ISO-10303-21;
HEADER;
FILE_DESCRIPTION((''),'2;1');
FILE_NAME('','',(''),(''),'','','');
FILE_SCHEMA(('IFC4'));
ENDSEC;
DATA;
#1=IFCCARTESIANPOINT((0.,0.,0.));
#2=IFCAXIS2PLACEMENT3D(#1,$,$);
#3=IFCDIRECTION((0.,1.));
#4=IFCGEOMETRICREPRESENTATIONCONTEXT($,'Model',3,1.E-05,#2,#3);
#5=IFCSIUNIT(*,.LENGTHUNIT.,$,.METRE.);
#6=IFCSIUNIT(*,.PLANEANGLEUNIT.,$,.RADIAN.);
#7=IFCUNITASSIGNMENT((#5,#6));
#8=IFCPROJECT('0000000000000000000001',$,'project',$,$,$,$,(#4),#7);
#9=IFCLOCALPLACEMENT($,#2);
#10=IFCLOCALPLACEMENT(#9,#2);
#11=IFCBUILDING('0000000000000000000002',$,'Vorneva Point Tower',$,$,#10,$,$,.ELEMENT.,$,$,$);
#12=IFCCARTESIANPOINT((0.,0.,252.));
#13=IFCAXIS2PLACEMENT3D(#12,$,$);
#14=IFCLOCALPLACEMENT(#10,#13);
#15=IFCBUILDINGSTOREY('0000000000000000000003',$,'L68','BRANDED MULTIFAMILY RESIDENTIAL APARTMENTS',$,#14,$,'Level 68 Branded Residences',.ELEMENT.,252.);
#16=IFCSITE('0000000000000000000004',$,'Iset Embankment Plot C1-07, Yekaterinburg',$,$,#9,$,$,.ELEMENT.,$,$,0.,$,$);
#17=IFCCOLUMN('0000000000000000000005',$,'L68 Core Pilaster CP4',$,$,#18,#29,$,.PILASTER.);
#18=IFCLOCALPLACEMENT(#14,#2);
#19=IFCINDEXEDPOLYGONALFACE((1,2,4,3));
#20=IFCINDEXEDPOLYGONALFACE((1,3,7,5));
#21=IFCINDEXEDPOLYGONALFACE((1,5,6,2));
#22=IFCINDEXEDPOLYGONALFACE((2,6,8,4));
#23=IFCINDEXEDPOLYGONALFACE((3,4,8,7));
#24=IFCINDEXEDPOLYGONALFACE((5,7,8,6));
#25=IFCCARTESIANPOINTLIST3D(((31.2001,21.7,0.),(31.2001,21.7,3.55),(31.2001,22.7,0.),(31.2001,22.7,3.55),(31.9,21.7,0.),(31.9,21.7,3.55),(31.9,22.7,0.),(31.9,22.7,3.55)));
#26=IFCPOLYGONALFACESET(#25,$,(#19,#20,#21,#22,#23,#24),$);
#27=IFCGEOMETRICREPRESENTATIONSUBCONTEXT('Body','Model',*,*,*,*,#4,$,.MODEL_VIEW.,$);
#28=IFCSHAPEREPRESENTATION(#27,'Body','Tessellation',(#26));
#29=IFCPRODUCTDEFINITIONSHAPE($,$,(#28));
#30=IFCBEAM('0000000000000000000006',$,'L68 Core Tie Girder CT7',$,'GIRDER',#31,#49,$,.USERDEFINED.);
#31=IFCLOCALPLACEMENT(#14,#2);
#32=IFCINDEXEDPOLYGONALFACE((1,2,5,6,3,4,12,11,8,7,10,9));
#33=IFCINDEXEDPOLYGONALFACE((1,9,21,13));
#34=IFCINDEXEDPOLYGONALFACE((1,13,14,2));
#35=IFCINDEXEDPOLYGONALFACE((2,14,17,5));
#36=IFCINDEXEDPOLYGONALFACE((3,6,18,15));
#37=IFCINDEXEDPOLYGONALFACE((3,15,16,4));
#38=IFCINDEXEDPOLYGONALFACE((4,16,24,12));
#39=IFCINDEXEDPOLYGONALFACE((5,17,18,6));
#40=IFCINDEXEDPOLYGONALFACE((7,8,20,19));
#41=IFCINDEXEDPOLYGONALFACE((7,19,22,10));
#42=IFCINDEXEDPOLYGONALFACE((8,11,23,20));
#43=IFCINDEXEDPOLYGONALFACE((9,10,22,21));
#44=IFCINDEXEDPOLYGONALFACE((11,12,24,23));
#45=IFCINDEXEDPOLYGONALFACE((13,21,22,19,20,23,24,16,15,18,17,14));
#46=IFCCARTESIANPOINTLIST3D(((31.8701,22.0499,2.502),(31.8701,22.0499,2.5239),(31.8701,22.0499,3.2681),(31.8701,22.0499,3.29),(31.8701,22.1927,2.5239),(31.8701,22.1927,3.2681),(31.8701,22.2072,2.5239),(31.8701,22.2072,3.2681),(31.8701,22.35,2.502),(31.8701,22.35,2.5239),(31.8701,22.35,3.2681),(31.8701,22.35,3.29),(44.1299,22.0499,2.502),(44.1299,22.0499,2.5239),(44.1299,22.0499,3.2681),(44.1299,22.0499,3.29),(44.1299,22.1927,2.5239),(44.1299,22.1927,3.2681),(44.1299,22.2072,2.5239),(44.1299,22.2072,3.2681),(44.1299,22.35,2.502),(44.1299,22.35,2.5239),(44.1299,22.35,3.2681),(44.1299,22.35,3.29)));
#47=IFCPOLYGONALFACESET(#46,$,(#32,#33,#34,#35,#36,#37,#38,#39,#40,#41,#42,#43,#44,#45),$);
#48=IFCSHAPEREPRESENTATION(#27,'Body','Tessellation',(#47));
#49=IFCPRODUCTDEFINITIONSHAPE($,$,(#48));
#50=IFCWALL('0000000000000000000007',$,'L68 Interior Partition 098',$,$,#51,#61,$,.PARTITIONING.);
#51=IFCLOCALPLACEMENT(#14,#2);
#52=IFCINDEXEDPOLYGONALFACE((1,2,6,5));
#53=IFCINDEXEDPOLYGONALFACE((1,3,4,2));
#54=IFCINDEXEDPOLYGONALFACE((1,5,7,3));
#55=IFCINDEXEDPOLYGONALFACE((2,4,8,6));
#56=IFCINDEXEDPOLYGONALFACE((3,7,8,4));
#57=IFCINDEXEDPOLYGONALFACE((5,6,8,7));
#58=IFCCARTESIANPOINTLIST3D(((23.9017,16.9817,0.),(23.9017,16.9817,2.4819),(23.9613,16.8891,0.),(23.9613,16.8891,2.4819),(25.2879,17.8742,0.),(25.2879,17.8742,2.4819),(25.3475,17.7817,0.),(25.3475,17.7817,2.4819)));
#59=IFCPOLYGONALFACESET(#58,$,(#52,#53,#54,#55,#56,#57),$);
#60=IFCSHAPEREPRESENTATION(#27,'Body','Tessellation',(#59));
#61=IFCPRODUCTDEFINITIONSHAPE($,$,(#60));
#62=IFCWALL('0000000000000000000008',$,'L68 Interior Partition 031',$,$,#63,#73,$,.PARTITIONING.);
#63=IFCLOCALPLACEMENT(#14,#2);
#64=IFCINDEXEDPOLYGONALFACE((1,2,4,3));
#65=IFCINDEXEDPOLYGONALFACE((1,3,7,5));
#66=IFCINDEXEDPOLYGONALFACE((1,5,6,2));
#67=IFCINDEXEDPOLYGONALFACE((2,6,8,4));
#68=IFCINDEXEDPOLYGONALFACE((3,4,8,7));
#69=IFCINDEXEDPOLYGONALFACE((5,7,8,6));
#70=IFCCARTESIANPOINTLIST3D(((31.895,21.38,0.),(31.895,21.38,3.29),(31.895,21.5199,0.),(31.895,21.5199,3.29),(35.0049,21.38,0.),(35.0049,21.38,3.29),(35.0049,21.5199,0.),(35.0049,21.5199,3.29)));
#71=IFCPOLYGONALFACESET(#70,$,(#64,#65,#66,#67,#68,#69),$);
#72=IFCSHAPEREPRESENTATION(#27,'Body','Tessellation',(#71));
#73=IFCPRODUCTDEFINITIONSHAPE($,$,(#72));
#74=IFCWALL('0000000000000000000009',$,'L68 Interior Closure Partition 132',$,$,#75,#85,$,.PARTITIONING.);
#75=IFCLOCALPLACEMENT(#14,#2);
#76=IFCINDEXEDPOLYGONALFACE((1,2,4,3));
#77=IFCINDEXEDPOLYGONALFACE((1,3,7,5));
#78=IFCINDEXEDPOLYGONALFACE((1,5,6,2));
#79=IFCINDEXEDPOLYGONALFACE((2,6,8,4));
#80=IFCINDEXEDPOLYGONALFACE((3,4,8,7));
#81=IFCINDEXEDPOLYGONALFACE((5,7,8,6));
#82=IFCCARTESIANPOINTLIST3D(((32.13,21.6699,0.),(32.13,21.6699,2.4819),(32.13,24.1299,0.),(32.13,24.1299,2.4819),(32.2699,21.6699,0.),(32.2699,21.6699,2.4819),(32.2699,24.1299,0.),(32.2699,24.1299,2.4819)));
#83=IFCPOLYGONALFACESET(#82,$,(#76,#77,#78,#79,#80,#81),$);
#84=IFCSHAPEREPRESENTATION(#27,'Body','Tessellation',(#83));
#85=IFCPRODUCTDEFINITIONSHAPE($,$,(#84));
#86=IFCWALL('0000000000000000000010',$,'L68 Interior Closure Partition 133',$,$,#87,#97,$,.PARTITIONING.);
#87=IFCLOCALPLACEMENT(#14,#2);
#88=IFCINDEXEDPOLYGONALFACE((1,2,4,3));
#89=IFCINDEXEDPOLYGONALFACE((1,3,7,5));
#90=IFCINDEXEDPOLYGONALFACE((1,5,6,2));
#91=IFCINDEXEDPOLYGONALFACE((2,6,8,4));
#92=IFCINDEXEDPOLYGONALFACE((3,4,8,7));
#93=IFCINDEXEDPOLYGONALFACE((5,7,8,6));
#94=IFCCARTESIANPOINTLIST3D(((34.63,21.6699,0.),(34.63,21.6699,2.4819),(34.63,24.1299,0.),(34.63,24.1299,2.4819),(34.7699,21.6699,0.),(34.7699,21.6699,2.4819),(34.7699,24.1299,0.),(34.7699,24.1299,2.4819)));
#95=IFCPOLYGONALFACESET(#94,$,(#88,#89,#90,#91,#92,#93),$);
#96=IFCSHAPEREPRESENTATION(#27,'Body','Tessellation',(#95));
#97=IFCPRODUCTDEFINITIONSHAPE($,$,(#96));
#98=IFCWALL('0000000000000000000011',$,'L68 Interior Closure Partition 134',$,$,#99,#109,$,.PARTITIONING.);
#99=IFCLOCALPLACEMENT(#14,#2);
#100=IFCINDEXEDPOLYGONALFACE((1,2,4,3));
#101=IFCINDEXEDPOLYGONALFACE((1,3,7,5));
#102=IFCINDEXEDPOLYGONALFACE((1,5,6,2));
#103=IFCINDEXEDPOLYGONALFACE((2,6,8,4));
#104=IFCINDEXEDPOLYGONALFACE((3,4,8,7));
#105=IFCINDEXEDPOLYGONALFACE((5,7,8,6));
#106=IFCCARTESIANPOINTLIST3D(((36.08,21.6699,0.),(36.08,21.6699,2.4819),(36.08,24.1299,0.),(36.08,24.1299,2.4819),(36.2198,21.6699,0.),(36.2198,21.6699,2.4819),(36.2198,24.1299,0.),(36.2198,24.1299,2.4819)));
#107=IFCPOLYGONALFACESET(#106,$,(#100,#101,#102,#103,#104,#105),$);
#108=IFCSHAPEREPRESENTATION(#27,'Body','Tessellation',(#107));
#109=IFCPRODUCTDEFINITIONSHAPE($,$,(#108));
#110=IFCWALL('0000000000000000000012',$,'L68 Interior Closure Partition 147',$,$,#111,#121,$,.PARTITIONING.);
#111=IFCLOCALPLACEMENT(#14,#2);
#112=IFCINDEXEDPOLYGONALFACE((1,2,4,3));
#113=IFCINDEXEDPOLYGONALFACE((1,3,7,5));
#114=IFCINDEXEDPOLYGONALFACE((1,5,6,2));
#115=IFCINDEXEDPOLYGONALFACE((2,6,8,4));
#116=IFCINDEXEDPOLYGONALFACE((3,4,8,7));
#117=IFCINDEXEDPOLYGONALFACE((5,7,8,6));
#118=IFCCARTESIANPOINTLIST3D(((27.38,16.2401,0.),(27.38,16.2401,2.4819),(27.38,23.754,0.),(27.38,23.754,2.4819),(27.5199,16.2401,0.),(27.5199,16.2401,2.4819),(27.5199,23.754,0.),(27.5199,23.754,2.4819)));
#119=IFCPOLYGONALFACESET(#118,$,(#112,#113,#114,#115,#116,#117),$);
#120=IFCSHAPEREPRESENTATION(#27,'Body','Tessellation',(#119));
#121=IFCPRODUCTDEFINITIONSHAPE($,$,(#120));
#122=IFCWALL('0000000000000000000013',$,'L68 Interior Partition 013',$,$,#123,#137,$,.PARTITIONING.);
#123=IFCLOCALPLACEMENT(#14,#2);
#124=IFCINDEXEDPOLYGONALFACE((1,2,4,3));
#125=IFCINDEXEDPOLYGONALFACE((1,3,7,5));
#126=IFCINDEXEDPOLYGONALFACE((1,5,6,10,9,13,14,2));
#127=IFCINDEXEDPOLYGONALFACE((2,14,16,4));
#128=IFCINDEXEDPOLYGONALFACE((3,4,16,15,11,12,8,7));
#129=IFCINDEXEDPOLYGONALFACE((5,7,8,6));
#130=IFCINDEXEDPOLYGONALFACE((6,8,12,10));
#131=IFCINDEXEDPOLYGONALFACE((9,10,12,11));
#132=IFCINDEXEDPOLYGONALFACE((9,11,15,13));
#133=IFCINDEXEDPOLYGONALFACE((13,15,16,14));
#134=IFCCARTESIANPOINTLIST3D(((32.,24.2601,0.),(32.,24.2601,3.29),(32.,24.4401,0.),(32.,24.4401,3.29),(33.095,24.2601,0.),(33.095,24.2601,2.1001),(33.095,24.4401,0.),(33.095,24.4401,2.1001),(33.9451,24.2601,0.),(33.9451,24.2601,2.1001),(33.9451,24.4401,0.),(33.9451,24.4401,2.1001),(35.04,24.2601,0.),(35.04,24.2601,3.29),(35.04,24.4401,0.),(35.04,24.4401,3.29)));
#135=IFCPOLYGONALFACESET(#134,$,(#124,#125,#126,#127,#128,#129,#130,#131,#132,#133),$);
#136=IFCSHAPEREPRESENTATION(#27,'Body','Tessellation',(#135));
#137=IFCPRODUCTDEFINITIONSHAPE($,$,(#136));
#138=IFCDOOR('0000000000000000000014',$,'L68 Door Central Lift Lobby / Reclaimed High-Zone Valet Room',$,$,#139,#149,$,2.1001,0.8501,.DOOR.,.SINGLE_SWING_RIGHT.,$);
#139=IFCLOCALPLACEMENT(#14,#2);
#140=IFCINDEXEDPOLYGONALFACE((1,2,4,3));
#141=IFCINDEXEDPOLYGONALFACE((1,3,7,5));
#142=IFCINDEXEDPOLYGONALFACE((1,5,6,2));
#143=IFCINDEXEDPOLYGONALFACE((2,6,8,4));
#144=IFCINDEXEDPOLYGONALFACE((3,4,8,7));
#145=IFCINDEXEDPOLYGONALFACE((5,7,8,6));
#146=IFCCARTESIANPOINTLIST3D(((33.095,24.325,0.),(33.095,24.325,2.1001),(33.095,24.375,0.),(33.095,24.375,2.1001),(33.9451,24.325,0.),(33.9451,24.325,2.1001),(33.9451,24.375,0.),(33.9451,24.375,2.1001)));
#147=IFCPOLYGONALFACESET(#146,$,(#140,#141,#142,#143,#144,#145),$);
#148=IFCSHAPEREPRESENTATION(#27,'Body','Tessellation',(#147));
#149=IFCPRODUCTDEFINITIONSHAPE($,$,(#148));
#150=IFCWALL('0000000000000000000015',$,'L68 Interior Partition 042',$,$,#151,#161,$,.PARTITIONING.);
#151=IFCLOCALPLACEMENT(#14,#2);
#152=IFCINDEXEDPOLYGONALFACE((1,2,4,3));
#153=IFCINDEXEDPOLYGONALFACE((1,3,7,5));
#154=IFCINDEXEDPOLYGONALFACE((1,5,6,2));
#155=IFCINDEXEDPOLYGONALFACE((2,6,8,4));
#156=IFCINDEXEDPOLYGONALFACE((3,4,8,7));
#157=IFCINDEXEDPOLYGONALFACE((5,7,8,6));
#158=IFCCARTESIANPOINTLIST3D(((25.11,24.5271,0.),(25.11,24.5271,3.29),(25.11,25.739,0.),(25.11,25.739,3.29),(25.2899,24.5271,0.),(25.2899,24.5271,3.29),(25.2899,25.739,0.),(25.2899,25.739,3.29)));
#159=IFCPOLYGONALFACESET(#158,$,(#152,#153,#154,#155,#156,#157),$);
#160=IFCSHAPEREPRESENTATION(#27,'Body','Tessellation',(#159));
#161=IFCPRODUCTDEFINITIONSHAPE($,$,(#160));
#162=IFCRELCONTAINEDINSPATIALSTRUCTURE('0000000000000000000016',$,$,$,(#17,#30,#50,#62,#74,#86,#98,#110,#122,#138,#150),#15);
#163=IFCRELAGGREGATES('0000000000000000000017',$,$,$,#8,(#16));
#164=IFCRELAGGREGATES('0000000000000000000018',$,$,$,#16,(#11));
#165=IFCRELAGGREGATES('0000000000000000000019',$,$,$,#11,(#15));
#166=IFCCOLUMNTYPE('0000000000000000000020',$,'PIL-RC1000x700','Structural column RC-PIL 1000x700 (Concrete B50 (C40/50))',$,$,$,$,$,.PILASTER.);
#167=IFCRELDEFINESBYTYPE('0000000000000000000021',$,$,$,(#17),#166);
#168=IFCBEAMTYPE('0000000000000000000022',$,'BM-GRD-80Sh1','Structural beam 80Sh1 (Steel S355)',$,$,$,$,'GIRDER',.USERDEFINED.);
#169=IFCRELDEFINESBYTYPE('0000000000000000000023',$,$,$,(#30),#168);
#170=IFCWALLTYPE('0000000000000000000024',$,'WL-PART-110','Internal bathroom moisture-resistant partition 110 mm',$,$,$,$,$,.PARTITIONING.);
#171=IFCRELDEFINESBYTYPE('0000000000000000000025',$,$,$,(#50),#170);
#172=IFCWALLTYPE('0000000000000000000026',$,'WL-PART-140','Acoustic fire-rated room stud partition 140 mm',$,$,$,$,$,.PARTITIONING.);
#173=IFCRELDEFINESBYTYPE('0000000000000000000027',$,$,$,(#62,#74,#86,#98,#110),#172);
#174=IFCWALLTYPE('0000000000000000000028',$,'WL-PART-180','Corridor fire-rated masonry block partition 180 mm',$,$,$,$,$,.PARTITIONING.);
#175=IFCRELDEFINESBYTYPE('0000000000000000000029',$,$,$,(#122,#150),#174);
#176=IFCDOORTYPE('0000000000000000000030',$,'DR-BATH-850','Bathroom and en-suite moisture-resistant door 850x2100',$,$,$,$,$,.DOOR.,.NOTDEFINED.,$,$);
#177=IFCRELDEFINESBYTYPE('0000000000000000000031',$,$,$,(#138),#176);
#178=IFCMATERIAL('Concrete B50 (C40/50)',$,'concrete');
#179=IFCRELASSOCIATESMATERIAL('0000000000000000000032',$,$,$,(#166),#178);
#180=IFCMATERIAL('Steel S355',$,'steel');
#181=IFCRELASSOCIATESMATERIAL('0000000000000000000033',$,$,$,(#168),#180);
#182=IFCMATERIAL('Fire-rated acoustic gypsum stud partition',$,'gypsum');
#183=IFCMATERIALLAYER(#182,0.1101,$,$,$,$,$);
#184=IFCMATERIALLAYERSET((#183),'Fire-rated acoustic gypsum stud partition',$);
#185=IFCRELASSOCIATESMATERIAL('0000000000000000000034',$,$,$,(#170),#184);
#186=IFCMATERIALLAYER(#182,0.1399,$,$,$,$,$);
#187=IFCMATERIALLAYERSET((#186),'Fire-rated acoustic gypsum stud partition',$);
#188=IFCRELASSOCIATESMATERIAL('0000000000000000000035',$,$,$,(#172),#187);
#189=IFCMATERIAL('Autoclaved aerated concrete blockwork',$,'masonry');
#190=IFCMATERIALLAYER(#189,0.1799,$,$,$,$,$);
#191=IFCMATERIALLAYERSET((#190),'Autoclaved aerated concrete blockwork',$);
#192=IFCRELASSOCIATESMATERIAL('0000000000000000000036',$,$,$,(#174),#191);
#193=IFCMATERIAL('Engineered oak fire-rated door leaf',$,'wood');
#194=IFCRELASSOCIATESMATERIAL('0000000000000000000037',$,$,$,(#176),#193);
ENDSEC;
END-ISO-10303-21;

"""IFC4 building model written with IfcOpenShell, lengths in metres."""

from ifc_helpers import new_model, si_unit, direction, frame, frame_2d, origin, origin_2d, place, context, subcontext, project, spatial, rectangle, i_section, extrude, material, layer, layer_set, material_profile, profile_set, type_object, element, fill, save


model = new_model("IFC4")

# Units and contexts
model_context = context("Model", 3, precision=1e-05, world=origin(), true_north=direction((0.0, 1.0)))
body_context = subcontext(model_context, "Body", "Model", "MODEL_VIEW")
ifc_project = project(units=[si_unit("LENGTHUNIT", "METRE"), si_unit("PLANEANGLEUNIT", "RADIAN")], contexts=[model_context])

# Site, building, storey
site_placement = place(None, origin())
site = spatial("IfcSite", under=ifc_project, at=site_placement, Name="Iset Embankment Plot C1-07, Yekaterinburg", CompositionType="ELEMENT", RefElevation=0.0)
building_placement = place(site_placement, origin())
building = spatial("IfcBuilding", under=site, at=building_placement, Name="Vorneva Point Tower", CompositionType="ELEMENT")
storey_placement = place(building_placement, frame((0.0, 0.0, 252.0)))
storey = spatial("IfcBuildingStorey", under=building, at=storey_placement, Name="L68", Description="BRANDED MULTIFAMILY RESIDENTIAL APARTMENTS", LongName="Level 68 Branded Residences", CompositionType="ELEMENT", Elevation=252.0)

# Column
ifc_material_1 = material(Name="Concrete B50 (C40/50)", Category="concrete")
ifc_material_profile_1 = material_profile(ifc_material_1, rectangle(XDim=0.7, YDim=1.0, at=origin_2d()), Name="RC-PIL 1000x700")
ifc_profile_set_1 = profile_set([ifc_material_profile_1], Name="Concrete B50 (C40/50)")
column_type = type_object("IfcColumnType", Name="PIL-RC1000x700", Description="Structural column RC-PIL 1000x700 (Concrete B50 (C40/50))", PredefinedType="PILASTER", material=ifc_profile_set_1)
column_placement = place(storey_placement, frame((31.55, 22.2, 0.0), z_axis=(0.0, 0.0, 1.0), x_axis=(1.0, 0.0, 0.0)))
element("IfcColumn", 1, at=column_placement, inside=storey, type_object=column_type, Name="L68 Core Pilaster CP4", PredefinedType="PILASTER", context=body_context, shape_type="SweptSolid", body=[
    extrude(rectangle(XDim=0.7, YDim=1.0, at=origin_2d()), origin(), (0.0, 0.0, 1.0), 3.55),
])

# Beam
ifc_material_2 = material(Name="Steel S355", Category="steel")
ifc_material_profile_2 = material_profile(ifc_material_2, i_section(OverallWidth=0.3, OverallDepth=0.7881, WebThickness=0.0144, FlangeThickness=0.022, at=origin_2d()), Name="80Sh1")
ifc_profile_set_2 = profile_set([ifc_material_profile_2], Name="Steel S355")
beam_type = type_object("IfcBeamType", Name="BM-GRD-80Sh1", Description="Structural beam 80Sh1 (Steel S355)", ElementType="GIRDER", PredefinedType="USERDEFINED", material=ifc_profile_set_2)
beam_placement = place(storey_placement, frame((31.8701, 22.2, 2.896), z_axis=(1.0, 0.0, 0.0), x_axis=(0.0, 1.0, 0.0)))
element("IfcBeam", 2, at=beam_placement, inside=storey, type_object=beam_type, Name="L68 Core Tie Girder CT7", ObjectType="GIRDER", PredefinedType="USERDEFINED", context=body_context, shape_type="SweptSolid", body=[
    extrude(i_section(OverallWidth=0.3, OverallDepth=0.7881, WebThickness=0.0144, FlangeThickness=0.022, at=origin_2d()), origin(), (0.0, 0.0, 1.0), 12.2598),
])

# Walls
ifc_material_3 = material(Name="Fire-rated acoustic gypsum stud partition", Category="gypsum")
ifc_layer_1 = layer(ifc_material_3, 0.1101)
ifc_layer_set_1 = layer_set([ifc_layer_1], Name="Fire-rated acoustic gypsum stud partition")
wall_type_1 = type_object("IfcWallType", Name="WL-PART-110", Description="Internal bathroom moisture-resistant partition 110 mm", PredefinedType="PARTITIONING", material=ifc_layer_set_1)
wall_1_placement = place(storey_placement, frame((25.3176, 17.8279, 0.0), z_axis=(0.0, 0.0, 1.0), x_axis=(-0.840784, -0.541371, 0.0)))
element("IfcWall", 3, at=wall_1_placement, inside=storey, type_object=wall_type_1, Name="L68 Interior Partition 098", PredefinedType="PARTITIONING", context=body_context, shape_type="SweptSolid", body=[
    extrude(rectangle(XDim=1.6487, YDim=0.1101, at=frame_2d((0.8242, 0.0))), origin(), (0.0, 0.0, 1.0), 2.4819),
])
ifc_layer_2 = layer(ifc_material_3, 0.1399)
ifc_layer_set_2 = layer_set([ifc_layer_2], Name="Fire-rated acoustic gypsum stud partition")
wall_type_2 = type_object("IfcWallType", Name="WL-PART-140", Description="Acoustic fire-rated room stud partition 140 mm", PredefinedType="PARTITIONING", material=ifc_layer_set_2)
wall_2_placement = place(storey_placement, frame((35.0049, 21.45, 0.0), z_axis=(0.0, 0.0, 1.0), x_axis=(-1.0, 0.0, 0.0)))
element("IfcWall", 4, at=wall_2_placement, inside=storey, type_object=wall_type_2, Name="L68 Interior Partition 031", PredefinedType="PARTITIONING", context=body_context, shape_type="SweptSolid", body=[
    extrude(rectangle(XDim=3.1099, YDim=0.1399, at=frame_2d((1.5549, 0.0))), origin(), (0.0, 0.0, 1.0), 3.29),
])
for number, where, z_axis, x_axis, name in (
    (5, (32.2, 24.1299, 0.0), (0.0, 0.0, 1.0), (0.0, -1.0, 0.0), "L68 Interior Closure Partition 132"),
    (6, (34.7, 21.6699, 0.0), (0.0, 0.0, 1.0), (0.0, 1.0, 0.0), "L68 Interior Closure Partition 133"),
    (7, (36.1499, 24.1299, 0.0), (0.0, 0.0, 1.0), (0.0, -1.0, 0.0), "L68 Interior Closure Partition 134"),
):
    element("IfcWall", number, at=place(storey_placement, frame(where, z_axis=z_axis, x_axis=x_axis)), inside=storey, type_object=wall_type_2, Name=name, PredefinedType="PARTITIONING", context=body_context, shape_type="SweptSolid", body=[
        extrude(rectangle(XDim=2.46, YDim=0.1399, at=frame_2d((1.23, 0.0))), origin(), (0.0, 0.0, 1.0), 2.4819),
    ])
wall_3_placement = place(storey_placement, frame((27.45, 23.7539, 0.0), z_axis=(0.0, 0.0, 1.0), x_axis=(0.0, -1.0, 0.0)))
element("IfcWall", 8, at=wall_3_placement, inside=storey, type_object=wall_type_2, Name="L68 Interior Closure Partition 147", PredefinedType="PARTITIONING", context=body_context, shape_type="SweptSolid", body=[
    extrude(rectangle(XDim=7.5139, YDim=0.1399, at=frame_2d((3.7568, 0.0))), origin(), (0.0, 0.0, 1.0), 2.4819),
])

# Wall, opening, door
ifc_material_4 = material(Name="Autoclaved aerated concrete blockwork", Category="masonry")
ifc_layer_3 = layer(ifc_material_4, 0.1799)
ifc_layer_set_3 = layer_set([ifc_layer_3], Name="Autoclaved aerated concrete blockwork")
wall_type_3 = type_object("IfcWallType", Name="WL-PART-180", Description="Corridor fire-rated masonry block partition 180 mm", PredefinedType="PARTITIONING", material=ifc_layer_set_3)
wall_4_placement = place(storey_placement, frame((32.0, 24.3501, 0.0), z_axis=(0.0, 0.0, 1.0), x_axis=(1.0, 0.0, 0.0)))
wall_4 = element("IfcWall", 9, at=wall_4_placement, inside=storey, type_object=wall_type_3, Name="L68 Interior Partition 013", PredefinedType="PARTITIONING", context=body_context, shape_type="SweptSolid", body=[
    extrude(rectangle(XDim=3.04, YDim=0.1799, at=frame_2d((1.52, 0.0))), origin(), (0.0, 0.0, 1.0), 3.29),
])
opening_1_placement = place(wall_4_placement, frame((1.095, 0.0, 0.0)))
opening_1 = element("IfcOpeningElement", 10, at=opening_1_placement, cuts=wall_4, PredefinedType="OPENING", context=body_context, shape_type="SweptSolid", body=[
    extrude(rectangle(XDim=0.8501, YDim=2.1001, at=frame_2d((0.425, 1.05))), frame((0.0, 0.105, 0.0), z_axis=(0.0, -1.0, 0.0), x_axis=(1.0, 0.0, 0.0)), (0.0, 0.0, 1.0), 0.2097),
])
ifc_material_5 = material(Name="Engineered oak fire-rated door leaf", Category="wood")
door_type_1 = type_object("IfcDoorType", Name="DR-BATH-850", Description="Bathroom and en-suite moisture-resistant door 850x2100", OperationType="NOTDEFINED", PredefinedType="DOOR", material=ifc_material_5)
door_1_placement = place(opening_1_placement, origin())
door_1 = element("IfcDoor", 11, at=door_1_placement, inside=storey, type_object=door_type_1, Name="L68 Door Central Lift Lobby / Reclaimed High-Zone Valet Room", OperationType="SINGLE_SWING_RIGHT", OverallHeight=2.1001, OverallWidth=0.8501, PredefinedType="DOOR", context=body_context, shape_type="SweptSolid", body=[
    extrude(rectangle(XDim=0.8501, YDim=2.1001, at=frame_2d((0.425, 1.05))), frame((0.0, 0.0249, 0.0), z_axis=(0.0, -1.0, 0.0), x_axis=(1.0, 0.0, 0.0)), (0.0, 0.0, 1.0), 0.05),
])
fill(opening_1, door_1)

# Wall
wall_5_placement = place(storey_placement, frame((25.2, 25.739, 0.0), z_axis=(0.0, 0.0, 1.0), x_axis=(0.0, -1.0, 0.0)))
element("IfcWall", 12, at=wall_5_placement, inside=storey, type_object=wall_type_3, Name="L68 Interior Partition 042", PredefinedType="PARTITIONING", context=body_context, shape_type="SweptSolid", body=[
    extrude(rectangle(XDim=1.2119, YDim=0.1799, at=frame_2d((0.606, 0.0))), origin(), (0.0, 0.0, 1.0), 3.29),
])

save(model, "model.ifc")
